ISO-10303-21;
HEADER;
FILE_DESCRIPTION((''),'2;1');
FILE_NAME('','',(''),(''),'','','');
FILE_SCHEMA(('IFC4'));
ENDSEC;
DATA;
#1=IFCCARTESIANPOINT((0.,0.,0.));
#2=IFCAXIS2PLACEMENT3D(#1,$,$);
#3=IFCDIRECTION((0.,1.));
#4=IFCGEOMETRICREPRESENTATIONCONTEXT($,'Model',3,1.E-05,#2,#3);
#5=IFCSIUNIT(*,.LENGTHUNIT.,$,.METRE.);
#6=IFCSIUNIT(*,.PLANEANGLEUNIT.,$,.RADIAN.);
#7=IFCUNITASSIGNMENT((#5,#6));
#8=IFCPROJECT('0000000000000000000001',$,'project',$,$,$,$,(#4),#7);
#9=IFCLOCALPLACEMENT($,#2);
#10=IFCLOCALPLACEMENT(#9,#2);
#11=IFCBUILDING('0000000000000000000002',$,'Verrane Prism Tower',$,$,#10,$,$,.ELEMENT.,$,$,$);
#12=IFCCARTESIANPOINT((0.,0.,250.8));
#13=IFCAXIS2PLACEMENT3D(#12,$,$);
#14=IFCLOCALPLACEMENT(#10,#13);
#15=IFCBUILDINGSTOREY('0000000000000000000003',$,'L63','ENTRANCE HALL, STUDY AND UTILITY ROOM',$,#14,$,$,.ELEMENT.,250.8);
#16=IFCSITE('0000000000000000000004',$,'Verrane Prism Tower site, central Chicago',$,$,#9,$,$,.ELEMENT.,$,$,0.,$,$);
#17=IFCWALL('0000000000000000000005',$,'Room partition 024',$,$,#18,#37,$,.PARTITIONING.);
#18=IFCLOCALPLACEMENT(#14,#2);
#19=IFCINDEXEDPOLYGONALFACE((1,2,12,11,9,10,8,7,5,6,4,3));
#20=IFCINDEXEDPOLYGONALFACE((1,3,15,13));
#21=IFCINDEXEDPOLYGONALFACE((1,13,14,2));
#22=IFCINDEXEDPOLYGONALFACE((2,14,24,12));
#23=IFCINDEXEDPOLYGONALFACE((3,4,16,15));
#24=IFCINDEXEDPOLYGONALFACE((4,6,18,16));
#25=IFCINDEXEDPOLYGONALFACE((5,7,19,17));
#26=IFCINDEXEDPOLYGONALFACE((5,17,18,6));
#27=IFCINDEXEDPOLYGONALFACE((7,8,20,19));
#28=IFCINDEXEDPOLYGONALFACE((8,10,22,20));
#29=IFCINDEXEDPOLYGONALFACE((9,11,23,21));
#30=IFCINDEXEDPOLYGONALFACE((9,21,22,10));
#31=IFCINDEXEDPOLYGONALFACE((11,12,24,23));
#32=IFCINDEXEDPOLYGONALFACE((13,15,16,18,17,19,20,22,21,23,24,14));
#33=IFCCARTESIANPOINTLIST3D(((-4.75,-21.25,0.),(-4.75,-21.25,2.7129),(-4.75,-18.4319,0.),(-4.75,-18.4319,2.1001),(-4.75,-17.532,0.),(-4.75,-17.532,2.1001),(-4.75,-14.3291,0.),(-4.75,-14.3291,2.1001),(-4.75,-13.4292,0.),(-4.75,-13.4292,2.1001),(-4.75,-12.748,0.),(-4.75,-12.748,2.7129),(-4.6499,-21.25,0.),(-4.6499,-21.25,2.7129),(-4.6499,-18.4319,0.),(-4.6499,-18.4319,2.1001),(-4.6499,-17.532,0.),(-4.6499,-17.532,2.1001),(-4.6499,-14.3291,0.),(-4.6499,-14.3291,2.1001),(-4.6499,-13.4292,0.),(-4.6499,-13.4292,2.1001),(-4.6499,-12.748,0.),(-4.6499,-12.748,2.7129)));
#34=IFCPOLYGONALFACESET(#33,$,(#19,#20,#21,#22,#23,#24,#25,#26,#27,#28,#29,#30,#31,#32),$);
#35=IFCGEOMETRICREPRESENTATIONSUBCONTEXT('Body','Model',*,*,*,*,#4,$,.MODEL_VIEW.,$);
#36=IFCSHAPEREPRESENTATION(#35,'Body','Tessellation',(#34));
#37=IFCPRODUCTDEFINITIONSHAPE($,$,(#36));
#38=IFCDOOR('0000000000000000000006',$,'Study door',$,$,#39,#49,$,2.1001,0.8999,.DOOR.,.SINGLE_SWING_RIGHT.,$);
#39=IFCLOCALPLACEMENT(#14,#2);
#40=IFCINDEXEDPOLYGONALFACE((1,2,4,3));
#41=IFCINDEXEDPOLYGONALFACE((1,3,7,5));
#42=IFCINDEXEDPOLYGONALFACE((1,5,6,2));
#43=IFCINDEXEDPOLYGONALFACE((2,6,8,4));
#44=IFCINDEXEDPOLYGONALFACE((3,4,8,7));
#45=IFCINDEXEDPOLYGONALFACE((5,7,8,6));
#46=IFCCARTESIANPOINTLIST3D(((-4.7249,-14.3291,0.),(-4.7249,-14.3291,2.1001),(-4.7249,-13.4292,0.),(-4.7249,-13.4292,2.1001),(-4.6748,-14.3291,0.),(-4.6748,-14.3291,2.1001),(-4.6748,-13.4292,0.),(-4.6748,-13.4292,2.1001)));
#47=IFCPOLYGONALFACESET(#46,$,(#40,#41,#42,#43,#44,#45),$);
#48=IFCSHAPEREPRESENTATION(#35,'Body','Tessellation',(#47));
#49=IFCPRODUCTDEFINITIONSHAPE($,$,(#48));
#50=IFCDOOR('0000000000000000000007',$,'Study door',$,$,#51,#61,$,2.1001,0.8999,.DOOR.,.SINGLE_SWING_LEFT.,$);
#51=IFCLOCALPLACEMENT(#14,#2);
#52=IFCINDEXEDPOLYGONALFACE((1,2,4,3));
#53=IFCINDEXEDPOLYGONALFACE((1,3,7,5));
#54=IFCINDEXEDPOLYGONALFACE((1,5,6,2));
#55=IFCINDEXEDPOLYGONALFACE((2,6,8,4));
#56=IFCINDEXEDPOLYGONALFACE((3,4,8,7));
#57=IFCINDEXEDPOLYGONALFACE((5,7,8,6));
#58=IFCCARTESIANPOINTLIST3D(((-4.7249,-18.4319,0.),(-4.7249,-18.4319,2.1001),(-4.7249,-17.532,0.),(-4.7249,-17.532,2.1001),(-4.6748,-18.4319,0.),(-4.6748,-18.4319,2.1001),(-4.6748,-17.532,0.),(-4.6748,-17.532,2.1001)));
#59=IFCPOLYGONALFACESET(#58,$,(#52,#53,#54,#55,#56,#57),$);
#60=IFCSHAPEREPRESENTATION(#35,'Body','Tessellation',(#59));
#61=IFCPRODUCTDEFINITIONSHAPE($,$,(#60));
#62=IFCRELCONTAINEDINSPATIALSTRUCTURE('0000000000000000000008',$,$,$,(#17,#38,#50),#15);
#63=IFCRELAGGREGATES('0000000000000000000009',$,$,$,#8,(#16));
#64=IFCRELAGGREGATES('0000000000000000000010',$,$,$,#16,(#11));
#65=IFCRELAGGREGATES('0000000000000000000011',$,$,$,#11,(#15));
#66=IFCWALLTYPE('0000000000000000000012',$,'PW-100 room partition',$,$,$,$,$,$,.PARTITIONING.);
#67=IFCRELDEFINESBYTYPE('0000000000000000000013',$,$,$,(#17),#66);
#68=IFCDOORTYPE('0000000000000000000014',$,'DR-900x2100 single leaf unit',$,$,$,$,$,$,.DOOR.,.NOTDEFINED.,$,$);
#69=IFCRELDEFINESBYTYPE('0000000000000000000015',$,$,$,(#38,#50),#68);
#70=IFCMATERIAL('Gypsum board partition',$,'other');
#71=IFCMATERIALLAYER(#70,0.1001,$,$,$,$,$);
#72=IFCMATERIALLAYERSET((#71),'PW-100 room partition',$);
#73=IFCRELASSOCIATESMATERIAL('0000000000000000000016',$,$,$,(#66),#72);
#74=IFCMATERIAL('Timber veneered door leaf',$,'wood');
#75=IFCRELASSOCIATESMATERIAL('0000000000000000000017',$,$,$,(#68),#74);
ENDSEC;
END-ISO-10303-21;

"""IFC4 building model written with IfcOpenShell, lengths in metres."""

from ifc_helpers import new_model, si_unit, direction, frame, frame_2d, origin, place, context, subcontext, project, spatial, rectangle, extrude, material, layer, layer_set, type_object, element, fill, save


model = new_model("IFC4")

# Units and contexts
model_context = context("Model", 3, precision=1e-05, world=origin(), true_north=direction((0.0, 1.0)))
body_context = subcontext(model_context, "Body", "Model", "MODEL_VIEW")
ifc_project = project(units=[si_unit("LENGTHUNIT", "METRE"), si_unit("PLANEANGLEUNIT", "RADIAN")], contexts=[model_context])

# Site, building, storey
site_placement = place(None, origin())
site = spatial("IfcSite", under=ifc_project, at=site_placement, Name="Verrane Prism Tower site, central Chicago", CompositionType="ELEMENT", RefElevation=0.0)
building_placement = place(site_placement, origin())
building = spatial("IfcBuilding", under=site, at=building_placement, Name="Verrane Prism Tower", CompositionType="ELEMENT")
storey_placement = place(building_placement, frame((0.0, 0.0, 250.8)))
storey = spatial("IfcBuildingStorey", under=building, at=storey_placement, Name="L63", Description="ENTRANCE HALL, STUDY AND UTILITY ROOM", CompositionType="ELEMENT", Elevation=250.8)

# Shared definitions
ifc_material_1 = material(Name="Gypsum board partition", Category="other")
ifc_layer_1 = layer(ifc_material_1, 0.1001)
ifc_layer_set_1 = layer_set([ifc_layer_1], Name="PW-100 room partition")
wall_type = type_object("IfcWallType", Name="PW-100 room partition", PredefinedType="PARTITIONING", material=ifc_layer_set_1)

# Wall, openings, doors
wall_1_placement = place(storey_placement, frame((-4.7, -21.25, 0.0), z_axis=(0.0, 0.0, 1.0), x_axis=(0.0, 1.0, 0.0)))
wall_1 = element("IfcWall", 1, at=wall_1_placement, inside=storey, type_object=wall_type, Name="Room partition 024", PredefinedType="PARTITIONING", context=body_context, shape_type="SweptSolid", body=[
    extrude(rectangle(XDim=8.502, YDim=0.1001, at=frame_2d((4.251, 0.0))), origin(), (0.0, 0.0, 1.0), 2.7129),
])
opening_1_placement = place(wall_1_placement, frame((6.9209, 0.0, 0.0)))
opening_1 = element("IfcOpeningElement", 2, at=opening_1_placement, cuts=wall_1, PredefinedType="OPENING", context=body_context, shape_type="SweptSolid", body=[
    extrude(rectangle(XDim=0.8999, YDim=2.1001, at=frame_2d((0.45, 1.05))), frame((0.0, 0.0601, 0.0), z_axis=(0.0, -1.0, 0.0), x_axis=(1.0, 0.0, 0.0)), (0.0, 0.0, 1.0), 0.1201),
])
opening_2_placement = place(wall_1_placement, frame((2.8181, 0.0, 0.0)))
opening_2 = element("IfcOpeningElement", 3, at=opening_2_placement, cuts=wall_1, PredefinedType="OPENING", context=body_context, shape_type="SweptSolid", body=[
    extrude(rectangle(XDim=0.8999, YDim=2.1001, at=frame_2d((0.45, 1.05))), frame((0.0, 0.0601, 0.0), z_axis=(0.0, -1.0, 0.0), x_axis=(1.0, 0.0, 0.0)), (0.0, 0.0, 1.0), 0.1201),
])
ifc_material_2 = material(Name="Timber veneered door leaf", Category="wood")
door_type = type_object("IfcDoorType", Name="DR-900x2100 single leaf unit", OperationType="NOTDEFINED", PredefinedType="DOOR", material=ifc_material_2)
door_1_placement = place(opening_1_placement, origin())
door_1 = element("IfcDoor", 4, at=door_1_placement, inside=storey, type_object=door_type, Name="Study door", OperationType="SINGLE_SWING_RIGHT", OverallHeight=2.1001, OverallWidth=0.8999, PredefinedType="DOOR", context=body_context, shape_type="SweptSolid", body=[
    extrude(rectangle(XDim=0.8999, YDim=2.1001, at=frame_2d((0.45, 1.05))), frame((0.0, 0.0249, 0.0), z_axis=(0.0, -1.0, 0.0), x_axis=(1.0, 0.0, 0.0)), (0.0, 0.0, 1.0), 0.05),
])
fill(opening_1, door_1)
door_2_placement = place(opening_2_placement, origin())
door_2 = element("IfcDoor", 5, at=door_2_placement, inside=storey, type_object=door_type, Name="Study door", OperationType="SINGLE_SWING_LEFT", OverallHeight=2.1001, OverallWidth=0.8999, PredefinedType="DOOR", context=body_context, shape_type="SweptSolid", body=[
    extrude(rectangle(XDim=0.8999, YDim=2.1001, at=frame_2d((0.45, 1.05))), frame((0.0, 0.0249, 0.0), z_axis=(0.0, -1.0, 0.0), x_axis=(1.0, 0.0, 0.0)), (0.0, 0.0, 1.0), 0.05),
])
fill(opening_2, door_2)

save(model, "model.ifc")
